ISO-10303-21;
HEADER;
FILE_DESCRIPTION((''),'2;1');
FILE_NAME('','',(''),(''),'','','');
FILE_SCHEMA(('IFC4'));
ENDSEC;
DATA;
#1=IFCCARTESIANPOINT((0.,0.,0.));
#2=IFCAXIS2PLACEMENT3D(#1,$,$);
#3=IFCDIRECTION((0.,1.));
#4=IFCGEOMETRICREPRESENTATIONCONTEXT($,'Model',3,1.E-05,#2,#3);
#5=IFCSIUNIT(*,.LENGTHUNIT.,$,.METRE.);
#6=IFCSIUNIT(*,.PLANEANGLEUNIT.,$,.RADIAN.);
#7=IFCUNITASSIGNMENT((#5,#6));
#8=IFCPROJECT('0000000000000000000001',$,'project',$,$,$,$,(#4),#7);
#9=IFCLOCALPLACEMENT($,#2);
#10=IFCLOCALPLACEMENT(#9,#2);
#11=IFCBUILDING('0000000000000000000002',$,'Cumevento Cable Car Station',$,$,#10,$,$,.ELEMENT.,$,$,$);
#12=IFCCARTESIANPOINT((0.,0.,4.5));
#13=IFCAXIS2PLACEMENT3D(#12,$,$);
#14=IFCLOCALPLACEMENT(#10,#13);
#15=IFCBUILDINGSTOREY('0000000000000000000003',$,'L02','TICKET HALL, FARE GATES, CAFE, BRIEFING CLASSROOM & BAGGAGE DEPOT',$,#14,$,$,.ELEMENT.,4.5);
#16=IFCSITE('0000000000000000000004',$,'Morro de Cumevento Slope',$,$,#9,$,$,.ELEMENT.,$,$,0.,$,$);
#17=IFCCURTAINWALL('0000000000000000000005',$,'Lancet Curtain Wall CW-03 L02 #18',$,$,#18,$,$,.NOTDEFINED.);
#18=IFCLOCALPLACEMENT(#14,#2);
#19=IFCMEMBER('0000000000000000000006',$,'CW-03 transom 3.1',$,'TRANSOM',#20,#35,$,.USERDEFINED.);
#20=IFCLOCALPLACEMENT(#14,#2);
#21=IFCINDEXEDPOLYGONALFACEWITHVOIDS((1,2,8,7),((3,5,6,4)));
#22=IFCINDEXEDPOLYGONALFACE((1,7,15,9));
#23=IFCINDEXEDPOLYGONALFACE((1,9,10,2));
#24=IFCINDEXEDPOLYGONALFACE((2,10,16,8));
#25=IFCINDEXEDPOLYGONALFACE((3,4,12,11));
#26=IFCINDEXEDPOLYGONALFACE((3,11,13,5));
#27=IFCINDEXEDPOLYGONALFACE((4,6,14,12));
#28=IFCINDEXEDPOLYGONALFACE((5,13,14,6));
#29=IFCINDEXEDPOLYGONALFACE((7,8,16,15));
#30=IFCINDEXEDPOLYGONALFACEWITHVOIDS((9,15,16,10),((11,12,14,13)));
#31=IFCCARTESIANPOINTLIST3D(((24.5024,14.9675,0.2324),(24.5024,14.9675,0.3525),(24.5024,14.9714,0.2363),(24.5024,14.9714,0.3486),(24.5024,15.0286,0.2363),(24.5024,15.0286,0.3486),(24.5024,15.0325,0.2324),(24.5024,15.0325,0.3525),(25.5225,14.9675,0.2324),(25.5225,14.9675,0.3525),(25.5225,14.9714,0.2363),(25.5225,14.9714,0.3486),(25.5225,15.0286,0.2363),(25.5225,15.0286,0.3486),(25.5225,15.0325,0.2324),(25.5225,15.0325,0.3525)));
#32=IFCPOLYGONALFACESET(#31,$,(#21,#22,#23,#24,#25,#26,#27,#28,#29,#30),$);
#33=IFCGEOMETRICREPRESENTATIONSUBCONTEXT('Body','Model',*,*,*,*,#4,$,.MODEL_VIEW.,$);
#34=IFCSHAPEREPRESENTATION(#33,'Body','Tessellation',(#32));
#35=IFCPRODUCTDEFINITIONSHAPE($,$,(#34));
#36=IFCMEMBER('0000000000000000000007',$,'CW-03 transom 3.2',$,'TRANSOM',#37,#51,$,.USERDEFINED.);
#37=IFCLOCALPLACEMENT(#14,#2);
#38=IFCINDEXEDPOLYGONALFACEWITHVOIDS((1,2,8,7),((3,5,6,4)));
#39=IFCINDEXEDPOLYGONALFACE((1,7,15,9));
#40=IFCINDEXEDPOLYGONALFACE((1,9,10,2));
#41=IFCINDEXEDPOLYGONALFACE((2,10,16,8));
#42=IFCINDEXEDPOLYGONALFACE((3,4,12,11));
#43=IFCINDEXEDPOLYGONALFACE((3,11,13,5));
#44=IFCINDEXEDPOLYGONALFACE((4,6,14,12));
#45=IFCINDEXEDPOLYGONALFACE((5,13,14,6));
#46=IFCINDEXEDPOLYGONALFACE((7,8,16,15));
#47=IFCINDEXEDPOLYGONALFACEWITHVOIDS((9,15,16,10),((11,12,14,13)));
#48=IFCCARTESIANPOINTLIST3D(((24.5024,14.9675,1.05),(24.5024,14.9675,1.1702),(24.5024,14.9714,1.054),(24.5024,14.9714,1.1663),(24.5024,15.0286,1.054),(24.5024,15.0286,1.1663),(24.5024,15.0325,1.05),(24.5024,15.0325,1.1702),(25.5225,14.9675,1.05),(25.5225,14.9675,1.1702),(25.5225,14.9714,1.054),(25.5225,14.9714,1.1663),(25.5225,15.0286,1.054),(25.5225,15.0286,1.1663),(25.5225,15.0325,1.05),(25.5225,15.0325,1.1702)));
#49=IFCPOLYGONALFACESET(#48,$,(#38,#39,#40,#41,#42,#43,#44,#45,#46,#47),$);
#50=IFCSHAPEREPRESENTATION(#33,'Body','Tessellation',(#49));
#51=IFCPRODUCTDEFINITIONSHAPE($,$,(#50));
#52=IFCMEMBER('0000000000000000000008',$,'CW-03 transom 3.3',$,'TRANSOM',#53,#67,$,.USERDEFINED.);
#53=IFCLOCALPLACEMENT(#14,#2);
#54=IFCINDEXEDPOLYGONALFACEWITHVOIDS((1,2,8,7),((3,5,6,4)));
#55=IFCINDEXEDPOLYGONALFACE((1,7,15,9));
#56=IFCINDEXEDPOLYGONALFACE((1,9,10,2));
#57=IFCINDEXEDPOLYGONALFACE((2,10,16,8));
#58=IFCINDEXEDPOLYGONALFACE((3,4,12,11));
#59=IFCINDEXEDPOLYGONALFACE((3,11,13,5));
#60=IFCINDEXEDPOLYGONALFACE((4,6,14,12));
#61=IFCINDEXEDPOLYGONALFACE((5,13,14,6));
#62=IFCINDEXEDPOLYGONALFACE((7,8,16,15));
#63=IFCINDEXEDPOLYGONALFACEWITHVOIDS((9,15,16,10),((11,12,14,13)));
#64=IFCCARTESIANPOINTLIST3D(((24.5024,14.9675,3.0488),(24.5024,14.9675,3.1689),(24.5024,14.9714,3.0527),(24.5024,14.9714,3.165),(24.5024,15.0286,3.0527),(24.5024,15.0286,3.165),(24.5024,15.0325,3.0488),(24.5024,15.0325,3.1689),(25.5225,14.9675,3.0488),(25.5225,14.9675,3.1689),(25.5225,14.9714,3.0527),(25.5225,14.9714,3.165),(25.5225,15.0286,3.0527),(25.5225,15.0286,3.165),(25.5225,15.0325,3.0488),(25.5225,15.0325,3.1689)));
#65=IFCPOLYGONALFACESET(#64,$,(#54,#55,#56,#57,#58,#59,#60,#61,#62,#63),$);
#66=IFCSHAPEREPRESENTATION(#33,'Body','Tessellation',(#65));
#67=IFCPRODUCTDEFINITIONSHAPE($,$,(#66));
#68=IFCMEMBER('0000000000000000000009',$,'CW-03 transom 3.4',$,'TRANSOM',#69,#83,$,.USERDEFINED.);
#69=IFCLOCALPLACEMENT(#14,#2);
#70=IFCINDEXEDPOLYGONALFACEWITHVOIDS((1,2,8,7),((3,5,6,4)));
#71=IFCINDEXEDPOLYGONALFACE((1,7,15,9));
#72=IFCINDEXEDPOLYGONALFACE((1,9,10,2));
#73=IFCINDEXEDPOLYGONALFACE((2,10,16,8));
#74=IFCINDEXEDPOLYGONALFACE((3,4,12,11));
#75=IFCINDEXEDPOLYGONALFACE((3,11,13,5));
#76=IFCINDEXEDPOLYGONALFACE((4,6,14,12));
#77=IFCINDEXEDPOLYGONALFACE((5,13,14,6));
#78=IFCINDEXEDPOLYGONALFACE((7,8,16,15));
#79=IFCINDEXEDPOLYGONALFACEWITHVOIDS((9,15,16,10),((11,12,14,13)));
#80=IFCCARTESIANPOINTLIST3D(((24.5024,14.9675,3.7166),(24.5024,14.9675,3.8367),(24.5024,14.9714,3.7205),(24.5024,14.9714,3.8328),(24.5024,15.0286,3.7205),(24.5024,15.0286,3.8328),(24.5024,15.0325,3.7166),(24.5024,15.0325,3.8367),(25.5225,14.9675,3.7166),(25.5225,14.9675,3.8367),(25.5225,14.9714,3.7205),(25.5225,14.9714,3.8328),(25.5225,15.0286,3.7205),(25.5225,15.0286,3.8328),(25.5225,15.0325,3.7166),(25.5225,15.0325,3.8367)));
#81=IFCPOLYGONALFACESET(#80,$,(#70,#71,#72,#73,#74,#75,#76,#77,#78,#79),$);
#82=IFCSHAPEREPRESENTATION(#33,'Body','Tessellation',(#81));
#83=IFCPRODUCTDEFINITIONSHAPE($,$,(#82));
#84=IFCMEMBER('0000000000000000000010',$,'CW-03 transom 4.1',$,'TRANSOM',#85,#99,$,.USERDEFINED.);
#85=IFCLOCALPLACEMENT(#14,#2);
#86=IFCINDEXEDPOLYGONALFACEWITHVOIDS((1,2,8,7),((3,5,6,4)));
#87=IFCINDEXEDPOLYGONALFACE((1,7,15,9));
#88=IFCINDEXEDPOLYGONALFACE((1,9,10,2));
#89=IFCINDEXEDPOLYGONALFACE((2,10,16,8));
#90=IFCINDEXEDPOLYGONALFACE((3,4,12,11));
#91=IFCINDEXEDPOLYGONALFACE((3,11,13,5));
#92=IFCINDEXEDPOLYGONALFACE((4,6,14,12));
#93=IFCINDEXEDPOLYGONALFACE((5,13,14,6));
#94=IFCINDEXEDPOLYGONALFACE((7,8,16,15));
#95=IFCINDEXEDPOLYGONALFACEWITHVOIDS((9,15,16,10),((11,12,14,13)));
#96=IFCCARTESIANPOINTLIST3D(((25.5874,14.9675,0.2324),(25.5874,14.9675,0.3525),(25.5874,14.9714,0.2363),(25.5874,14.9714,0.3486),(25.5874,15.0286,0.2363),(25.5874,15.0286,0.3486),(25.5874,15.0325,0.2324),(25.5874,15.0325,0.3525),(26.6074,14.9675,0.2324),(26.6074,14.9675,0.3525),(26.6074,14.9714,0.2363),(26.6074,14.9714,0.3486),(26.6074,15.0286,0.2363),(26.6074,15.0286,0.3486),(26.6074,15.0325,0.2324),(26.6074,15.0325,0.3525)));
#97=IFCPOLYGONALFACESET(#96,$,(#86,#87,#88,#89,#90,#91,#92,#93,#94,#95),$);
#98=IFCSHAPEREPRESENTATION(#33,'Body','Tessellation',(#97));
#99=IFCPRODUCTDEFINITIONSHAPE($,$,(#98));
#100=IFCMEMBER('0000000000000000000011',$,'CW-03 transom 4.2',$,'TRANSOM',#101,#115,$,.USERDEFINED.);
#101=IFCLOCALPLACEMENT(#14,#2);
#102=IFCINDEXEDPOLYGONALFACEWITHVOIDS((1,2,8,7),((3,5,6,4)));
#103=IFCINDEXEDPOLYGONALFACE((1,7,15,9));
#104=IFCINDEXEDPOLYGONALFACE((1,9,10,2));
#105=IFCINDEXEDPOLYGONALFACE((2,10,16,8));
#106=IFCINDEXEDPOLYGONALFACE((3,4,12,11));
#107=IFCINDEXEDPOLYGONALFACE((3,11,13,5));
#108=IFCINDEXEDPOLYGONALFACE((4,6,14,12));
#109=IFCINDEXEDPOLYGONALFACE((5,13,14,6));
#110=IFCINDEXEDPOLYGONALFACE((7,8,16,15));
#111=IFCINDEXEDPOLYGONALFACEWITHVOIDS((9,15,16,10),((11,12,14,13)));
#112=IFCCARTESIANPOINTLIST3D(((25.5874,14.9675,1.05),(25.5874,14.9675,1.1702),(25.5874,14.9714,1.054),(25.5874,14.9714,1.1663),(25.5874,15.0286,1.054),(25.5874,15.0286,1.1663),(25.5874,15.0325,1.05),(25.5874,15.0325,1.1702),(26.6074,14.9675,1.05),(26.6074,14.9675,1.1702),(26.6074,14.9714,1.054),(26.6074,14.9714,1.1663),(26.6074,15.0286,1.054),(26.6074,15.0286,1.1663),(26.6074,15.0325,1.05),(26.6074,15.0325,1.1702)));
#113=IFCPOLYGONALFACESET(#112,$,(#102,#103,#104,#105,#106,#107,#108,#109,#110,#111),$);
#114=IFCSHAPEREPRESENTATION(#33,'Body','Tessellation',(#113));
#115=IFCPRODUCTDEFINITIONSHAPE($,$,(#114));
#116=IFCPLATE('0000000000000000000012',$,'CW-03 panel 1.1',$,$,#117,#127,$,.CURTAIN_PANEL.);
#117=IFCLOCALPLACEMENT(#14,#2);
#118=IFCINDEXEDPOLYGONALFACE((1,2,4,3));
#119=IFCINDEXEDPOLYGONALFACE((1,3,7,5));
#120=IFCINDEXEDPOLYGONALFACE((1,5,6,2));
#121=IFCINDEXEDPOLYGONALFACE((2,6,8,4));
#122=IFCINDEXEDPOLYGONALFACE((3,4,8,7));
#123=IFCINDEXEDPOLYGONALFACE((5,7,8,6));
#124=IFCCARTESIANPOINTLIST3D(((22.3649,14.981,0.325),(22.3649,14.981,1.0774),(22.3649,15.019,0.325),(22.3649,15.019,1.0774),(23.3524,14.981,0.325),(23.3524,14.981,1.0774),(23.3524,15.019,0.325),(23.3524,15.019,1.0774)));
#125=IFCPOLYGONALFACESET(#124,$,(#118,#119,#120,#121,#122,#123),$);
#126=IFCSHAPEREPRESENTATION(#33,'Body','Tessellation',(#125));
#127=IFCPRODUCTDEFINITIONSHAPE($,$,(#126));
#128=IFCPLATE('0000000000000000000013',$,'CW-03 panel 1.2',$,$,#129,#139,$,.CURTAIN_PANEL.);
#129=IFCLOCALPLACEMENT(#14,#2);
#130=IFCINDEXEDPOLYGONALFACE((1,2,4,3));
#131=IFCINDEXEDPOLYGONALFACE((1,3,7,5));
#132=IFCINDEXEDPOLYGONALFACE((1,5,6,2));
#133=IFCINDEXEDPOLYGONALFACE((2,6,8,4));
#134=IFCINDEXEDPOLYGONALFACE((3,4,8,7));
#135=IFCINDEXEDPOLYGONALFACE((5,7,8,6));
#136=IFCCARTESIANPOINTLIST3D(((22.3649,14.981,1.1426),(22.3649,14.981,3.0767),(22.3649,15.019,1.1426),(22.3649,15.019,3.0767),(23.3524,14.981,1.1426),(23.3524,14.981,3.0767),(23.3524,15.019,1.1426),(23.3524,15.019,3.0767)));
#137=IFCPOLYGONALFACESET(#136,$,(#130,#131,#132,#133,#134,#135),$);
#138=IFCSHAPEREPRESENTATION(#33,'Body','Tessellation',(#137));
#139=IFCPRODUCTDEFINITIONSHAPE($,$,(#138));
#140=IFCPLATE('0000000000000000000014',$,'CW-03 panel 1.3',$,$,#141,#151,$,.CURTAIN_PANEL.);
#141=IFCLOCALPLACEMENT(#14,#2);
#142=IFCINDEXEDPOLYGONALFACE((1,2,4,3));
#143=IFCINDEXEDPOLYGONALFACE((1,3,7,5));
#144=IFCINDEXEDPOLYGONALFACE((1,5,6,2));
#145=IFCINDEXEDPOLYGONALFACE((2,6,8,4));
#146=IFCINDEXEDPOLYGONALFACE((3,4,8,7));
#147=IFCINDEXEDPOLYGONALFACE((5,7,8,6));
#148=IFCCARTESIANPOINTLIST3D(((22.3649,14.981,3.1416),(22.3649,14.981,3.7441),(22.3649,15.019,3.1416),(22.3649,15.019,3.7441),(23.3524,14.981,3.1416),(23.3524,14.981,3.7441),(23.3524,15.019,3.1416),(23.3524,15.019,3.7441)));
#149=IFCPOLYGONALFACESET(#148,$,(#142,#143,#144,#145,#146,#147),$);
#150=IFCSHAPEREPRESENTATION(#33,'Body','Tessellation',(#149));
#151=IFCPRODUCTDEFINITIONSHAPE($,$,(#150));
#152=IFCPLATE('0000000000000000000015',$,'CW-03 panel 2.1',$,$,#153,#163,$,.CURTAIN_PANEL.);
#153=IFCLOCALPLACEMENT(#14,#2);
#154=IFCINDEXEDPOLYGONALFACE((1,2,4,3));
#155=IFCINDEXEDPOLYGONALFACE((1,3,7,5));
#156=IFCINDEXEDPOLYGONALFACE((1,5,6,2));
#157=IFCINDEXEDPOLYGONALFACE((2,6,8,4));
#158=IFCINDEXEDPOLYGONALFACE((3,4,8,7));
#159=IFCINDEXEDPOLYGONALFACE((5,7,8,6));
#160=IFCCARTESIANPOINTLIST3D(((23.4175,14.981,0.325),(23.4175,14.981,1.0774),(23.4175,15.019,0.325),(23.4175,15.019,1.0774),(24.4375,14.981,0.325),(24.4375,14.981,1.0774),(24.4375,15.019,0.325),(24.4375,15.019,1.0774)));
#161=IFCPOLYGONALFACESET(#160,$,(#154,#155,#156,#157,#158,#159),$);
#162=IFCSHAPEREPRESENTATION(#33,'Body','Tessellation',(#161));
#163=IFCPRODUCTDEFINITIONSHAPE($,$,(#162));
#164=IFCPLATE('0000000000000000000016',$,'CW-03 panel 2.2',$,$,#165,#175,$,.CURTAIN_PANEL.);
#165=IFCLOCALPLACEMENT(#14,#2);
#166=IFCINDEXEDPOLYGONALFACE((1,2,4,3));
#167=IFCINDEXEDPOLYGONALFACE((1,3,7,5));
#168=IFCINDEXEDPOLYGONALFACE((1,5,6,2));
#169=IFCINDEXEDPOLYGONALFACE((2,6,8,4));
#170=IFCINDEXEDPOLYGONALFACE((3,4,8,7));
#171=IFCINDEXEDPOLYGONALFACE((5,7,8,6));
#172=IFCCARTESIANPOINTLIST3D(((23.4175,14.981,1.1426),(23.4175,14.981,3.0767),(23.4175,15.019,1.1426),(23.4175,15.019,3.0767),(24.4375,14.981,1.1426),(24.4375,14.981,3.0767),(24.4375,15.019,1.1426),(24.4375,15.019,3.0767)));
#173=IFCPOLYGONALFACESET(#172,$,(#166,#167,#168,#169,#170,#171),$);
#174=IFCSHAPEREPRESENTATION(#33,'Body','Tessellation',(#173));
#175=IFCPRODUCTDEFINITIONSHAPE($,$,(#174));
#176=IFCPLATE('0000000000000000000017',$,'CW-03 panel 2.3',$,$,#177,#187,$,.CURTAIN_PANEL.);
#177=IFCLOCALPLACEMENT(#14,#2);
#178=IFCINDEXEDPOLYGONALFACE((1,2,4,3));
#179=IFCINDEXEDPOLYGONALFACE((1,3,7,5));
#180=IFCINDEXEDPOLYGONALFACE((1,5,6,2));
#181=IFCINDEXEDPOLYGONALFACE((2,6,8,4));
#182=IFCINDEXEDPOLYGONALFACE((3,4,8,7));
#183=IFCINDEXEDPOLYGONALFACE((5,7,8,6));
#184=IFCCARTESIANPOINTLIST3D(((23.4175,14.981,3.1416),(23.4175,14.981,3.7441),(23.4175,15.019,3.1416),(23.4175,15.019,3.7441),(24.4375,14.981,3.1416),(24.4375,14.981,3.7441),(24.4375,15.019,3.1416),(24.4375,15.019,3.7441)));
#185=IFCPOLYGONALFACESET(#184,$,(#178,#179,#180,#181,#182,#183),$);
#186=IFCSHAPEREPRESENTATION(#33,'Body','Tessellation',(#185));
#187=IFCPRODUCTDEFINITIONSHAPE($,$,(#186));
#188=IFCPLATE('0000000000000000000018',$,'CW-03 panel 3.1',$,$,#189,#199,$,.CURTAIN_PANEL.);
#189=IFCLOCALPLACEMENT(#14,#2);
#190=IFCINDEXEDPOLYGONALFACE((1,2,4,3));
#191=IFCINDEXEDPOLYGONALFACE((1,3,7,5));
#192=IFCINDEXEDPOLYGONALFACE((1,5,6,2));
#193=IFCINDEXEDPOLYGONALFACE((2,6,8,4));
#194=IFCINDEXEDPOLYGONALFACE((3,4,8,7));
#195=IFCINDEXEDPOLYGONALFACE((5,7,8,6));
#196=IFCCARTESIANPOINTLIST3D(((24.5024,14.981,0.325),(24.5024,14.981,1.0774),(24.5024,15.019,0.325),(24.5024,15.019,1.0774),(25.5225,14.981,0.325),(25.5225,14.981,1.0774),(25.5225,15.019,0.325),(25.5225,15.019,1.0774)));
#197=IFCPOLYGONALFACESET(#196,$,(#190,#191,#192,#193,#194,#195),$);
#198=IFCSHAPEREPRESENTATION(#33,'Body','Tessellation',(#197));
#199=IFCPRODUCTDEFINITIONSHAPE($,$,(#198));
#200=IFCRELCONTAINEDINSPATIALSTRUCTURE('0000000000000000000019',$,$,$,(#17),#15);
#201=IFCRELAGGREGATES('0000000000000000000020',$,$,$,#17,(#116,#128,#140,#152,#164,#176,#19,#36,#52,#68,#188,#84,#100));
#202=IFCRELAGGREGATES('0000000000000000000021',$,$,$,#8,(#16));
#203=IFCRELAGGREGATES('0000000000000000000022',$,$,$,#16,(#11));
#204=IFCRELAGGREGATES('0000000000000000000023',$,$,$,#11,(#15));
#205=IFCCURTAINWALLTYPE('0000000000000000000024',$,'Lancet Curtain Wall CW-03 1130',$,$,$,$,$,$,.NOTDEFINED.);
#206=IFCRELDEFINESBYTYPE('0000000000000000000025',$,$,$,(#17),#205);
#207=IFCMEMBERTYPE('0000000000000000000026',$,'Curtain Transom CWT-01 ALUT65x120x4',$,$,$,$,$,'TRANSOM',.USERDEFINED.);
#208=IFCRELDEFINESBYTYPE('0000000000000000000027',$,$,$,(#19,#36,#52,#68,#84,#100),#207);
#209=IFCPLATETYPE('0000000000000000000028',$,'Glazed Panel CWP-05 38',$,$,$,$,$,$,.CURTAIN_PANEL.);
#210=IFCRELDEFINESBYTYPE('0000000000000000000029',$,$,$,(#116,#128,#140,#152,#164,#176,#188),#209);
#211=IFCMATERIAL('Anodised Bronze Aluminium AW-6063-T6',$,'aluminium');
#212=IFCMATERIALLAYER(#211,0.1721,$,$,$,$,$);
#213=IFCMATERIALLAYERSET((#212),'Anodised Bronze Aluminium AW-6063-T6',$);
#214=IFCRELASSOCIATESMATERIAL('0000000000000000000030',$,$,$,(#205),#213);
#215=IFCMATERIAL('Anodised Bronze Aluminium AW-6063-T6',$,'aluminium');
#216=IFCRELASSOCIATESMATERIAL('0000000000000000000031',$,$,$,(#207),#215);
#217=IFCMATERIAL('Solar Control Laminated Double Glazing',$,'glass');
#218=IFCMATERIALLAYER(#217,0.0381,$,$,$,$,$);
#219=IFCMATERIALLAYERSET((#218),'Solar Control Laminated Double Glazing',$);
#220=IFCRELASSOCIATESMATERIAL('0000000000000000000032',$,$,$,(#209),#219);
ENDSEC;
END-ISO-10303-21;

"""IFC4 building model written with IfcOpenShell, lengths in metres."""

from ifc_helpers import new_model, si_unit, direction, frame, origin, origin_2d, place, context, subcontext, project, spatial, rectangle, hollow_rectangle, extrude, material, layer, layer_set, material_profile, profile_set, type_object, element, aggregate, save


model = new_model("IFC4")

# Units and contexts
model_context = context("Model", 3, precision=1e-05, world=origin(), true_north=direction((0.0, 1.0)))
body_context = subcontext(model_context, "Body", "Model", "MODEL_VIEW")
ifc_project = project(units=[si_unit("LENGTHUNIT", "METRE"), si_unit("PLANEANGLEUNIT", "RADIAN")], contexts=[model_context])

# Site, building, storey
site_placement = place(None, origin())
site = spatial("IfcSite", under=ifc_project, at=site_placement, Name="Morro de Cumevento Slope", CompositionType="ELEMENT", RefElevation=0.0)
building_placement = place(site_placement, origin())
building = spatial("IfcBuilding", under=site, at=building_placement, Name="Cumevento Cable Car Station", CompositionType="ELEMENT")
storey_placement = place(building_placement, frame((0.0, 0.0, 4.5)))
storey = spatial("IfcBuildingStorey", under=building, at=storey_placement, Name="L02", Description="TICKET HALL, FARE GATES, CAFE, BRIEFING CLASSROOM & BAGGAGE DEPOT", CompositionType="ELEMENT", Elevation=4.5)

# Curtain wall, members, plates
ifc_material_1 = material(Name="Anodised Bronze Aluminium AW-6063-T6", Category="aluminium")
ifc_layer_1 = layer(ifc_material_1, 0.1721)
ifc_layer_set_1 = layer_set([ifc_layer_1], Name="Anodised Bronze Aluminium AW-6063-T6")
curtain_wall_type = type_object("IfcCurtainWallType", Name="Lancet Curtain Wall CW-03 1130", PredefinedType="NOTDEFINED", material=ifc_layer_set_1)
curtain_wall_placement = place(storey_placement, origin())
curtain_wall = element("IfcCurtainWall", 1, at=curtain_wall_placement, inside=storey, type_object=curtain_wall_type, Name="Lancet Curtain Wall CW-03 L02 #18", PredefinedType="NOTDEFINED")
ifc_material_2 = material(Name="Anodised Bronze Aluminium AW-6063-T6", Category="aluminium")
ifc_material_profile_1 = material_profile(ifc_material_2, hollow_rectangle(XDim=0.0649, YDim=0.1201, WallThickness=0.0039, at=origin_2d()), Name="ALUT65x120x4")
ifc_profile_set_1 = profile_set([ifc_material_profile_1], Name="Anodised Bronze Aluminium AW-6063-T6")
member_type_1 = type_object("IfcMemberType", Name="Curtain Transom CWT-01 ALUT65x120x4", ElementType="TRANSOM", PredefinedType="USERDEFINED", material=ifc_profile_set_1)
member_1_placement = place(storey_placement, frame((24.5024, 15.0, 0.2925), z_axis=(1.0, 0.0, 0.0), x_axis=(0.0, 1.0, 0.0)))
member_1 = element("IfcMember", 2, at=member_1_placement, type_object=member_type_1, Name="CW-03 transom 3.1", ObjectType="TRANSOM", PredefinedType="USERDEFINED", context=body_context, shape_type="SweptSolid", body=[
    extrude(hollow_rectangle(XDim=0.0649, YDim=0.1201, WallThickness=0.0039, at=origin_2d()), origin(), (0.0, 0.0, 1.0), 1.02),
])
member_2_placement = place(storey_placement, frame((24.5024, 15.0, 1.1101), z_axis=(1.0, 0.0, 0.0), x_axis=(0.0, 1.0, 0.0)))
member_2 = element("IfcMember", 3, at=member_2_placement, type_object=member_type_1, Name="CW-03 transom 3.2", ObjectType="TRANSOM", PredefinedType="USERDEFINED", context=body_context, shape_type="SweptSolid", body=[
    extrude(hollow_rectangle(XDim=0.0649, YDim=0.1201, WallThickness=0.0039, at=origin_2d()), origin(), (0.0, 0.0, 1.0), 1.02),
])
member_3_placement = place(storey_placement, frame((24.5024, 15.0, 3.1089), z_axis=(1.0, 0.0, 0.0), x_axis=(0.0, 1.0, 0.0)))
member_3 = element("IfcMember", 4, at=member_3_placement, type_object=member_type_1, Name="CW-03 transom 3.3", ObjectType="TRANSOM", PredefinedType="USERDEFINED", context=body_context, shape_type="SweptSolid", body=[
    extrude(hollow_rectangle(XDim=0.0649, YDim=0.1201, WallThickness=0.0039, at=origin_2d()), origin(), (0.0, 0.0, 1.0), 1.02),
])
member_4_placement = place(storey_placement, frame((24.5024, 15.0, 3.7766), z_axis=(1.0, 0.0, 0.0), x_axis=(0.0, 1.0, 0.0)))
member_4 = element("IfcMember", 5, at=member_4_placement, type_object=member_type_1, Name="CW-03 transom 3.4", ObjectType="TRANSOM", PredefinedType="USERDEFINED", context=body_context, shape_type="SweptSolid", body=[
    extrude(hollow_rectangle(XDim=0.0649, YDim=0.1201, WallThickness=0.0039, at=origin_2d()), origin(), (0.0, 0.0, 1.0), 1.02),
])
member_5_placement = place(storey_placement, frame((25.5874, 15.0, 0.2925), z_axis=(1.0, 0.0, 0.0), x_axis=(0.0, 1.0, 0.0)))
member_5 = element("IfcMember", 6, at=member_5_placement, type_object=member_type_1, Name="CW-03 transom 4.1", ObjectType="TRANSOM", PredefinedType="USERDEFINED", context=body_context, shape_type="SweptSolid", body=[
    extrude(hollow_rectangle(XDim=0.0649, YDim=0.1201, WallThickness=0.0039, at=origin_2d()), origin(), (0.0, 0.0, 1.0), 1.02),
])
member_6_placement = place(storey_placement, frame((25.5874, 15.0, 1.1101), z_axis=(1.0, 0.0, 0.0), x_axis=(0.0, 1.0, 0.0)))
member_6 = element("IfcMember", 7, at=member_6_placement, type_object=member_type_1, Name="CW-03 transom 4.2", ObjectType="TRANSOM", PredefinedType="USERDEFINED", context=body_context, shape_type="SweptSolid", body=[
    extrude(hollow_rectangle(XDim=0.0649, YDim=0.1201, WallThickness=0.0039, at=origin_2d()), origin(), (0.0, 0.0, 1.0), 1.02),
])
ifc_material_3 = material(Name="Solar Control Laminated Double Glazing", Category="glass")
ifc_layer_2 = layer(ifc_material_3, 0.0381)
ifc_layer_set_2 = layer_set([ifc_layer_2], Name="Solar Control Laminated Double Glazing")
plate_type = type_object("IfcPlateType", Name="Glazed Panel CWP-05 38", PredefinedType="CURTAIN_PANEL", material=ifc_layer_set_2)
plate_1_placement = place(storey_placement, frame((22.8586, 15.0, 0.325), z_axis=(0.0, 0.0, 1.0), x_axis=(1.0, 0.0, 0.0)))
plate_1 = element("IfcPlate", 8, at=plate_1_placement, type_object=plate_type, Name="CW-03 panel 1.1", PredefinedType="CURTAIN_PANEL", context=body_context, shape_type="SweptSolid", body=[
    extrude(rectangle(XDim=0.9875, YDim=0.0381, at=origin_2d()), origin(), (0.0, 0.0, 1.0), 0.7524),
])
plate_2_placement = place(storey_placement, frame((22.8586, 15.0, 1.1426), z_axis=(0.0, 0.0, 1.0), x_axis=(1.0, 0.0, 0.0)))
plate_2 = element("IfcPlate", 9, at=plate_2_placement, type_object=plate_type, Name="CW-03 panel 1.2", PredefinedType="CURTAIN_PANEL", context=body_context, shape_type="SweptSolid", body=[
    extrude(rectangle(XDim=0.9875, YDim=0.0381, at=origin_2d()), origin(), (0.0, 0.0, 1.0), 1.9341),
])
plate_3_placement = place(storey_placement, frame((22.8586, 15.0, 3.1416), z_axis=(0.0, 0.0, 1.0), x_axis=(1.0, 0.0, 0.0)))
plate_3 = element("IfcPlate", 10, at=plate_3_placement, type_object=plate_type, Name="CW-03 panel 1.3", PredefinedType="CURTAIN_PANEL", context=body_context, shape_type="SweptSolid", body=[
    extrude(rectangle(XDim=0.9875, YDim=0.0381, at=origin_2d()), origin(), (0.0, 0.0, 1.0), 0.6025),
])
plate_4_placement = place(storey_placement, frame((23.9275, 15.0, 0.325), z_axis=(0.0, 0.0, 1.0), x_axis=(1.0, 0.0, 0.0)))
plate_4 = element("IfcPlate", 11, at=plate_4_placement, type_object=plate_type, Name="CW-03 panel 2.1", PredefinedType="CURTAIN_PANEL", context=body_context, shape_type="SweptSolid", body=[
    extrude(rectangle(XDim=1.02, YDim=0.0381, at=origin_2d()), origin(), (0.0, 0.0, 1.0), 0.7524),
])
plate_5_placement = place(storey_placement, frame((23.9275, 15.0, 1.1426), z_axis=(0.0, 0.0, 1.0), x_axis=(1.0, 0.0, 0.0)))
plate_5 = element("IfcPlate", 12, at=plate_5_placement, type_object=plate_type, Name="CW-03 panel 2.2", PredefinedType="CURTAIN_PANEL", context=body_context, shape_type="SweptSolid", body=[
    extrude(rectangle(XDim=1.02, YDim=0.0381, at=origin_2d()), origin(), (0.0, 0.0, 1.0), 1.9341),
])
plate_6_placement = place(storey_placement, frame((23.9275, 15.0, 3.1416), z_axis=(0.0, 0.0, 1.0), x_axis=(1.0, 0.0, 0.0)))
plate_6 = element("IfcPlate", 13, at=plate_6_placement, type_object=plate_type, Name="CW-03 panel 2.3", PredefinedType="CURTAIN_PANEL", context=body_context, shape_type="SweptSolid", body=[
    extrude(rectangle(XDim=1.02, YDim=0.0381, at=origin_2d()), origin(), (0.0, 0.0, 1.0), 0.6025),
])
plate_7_placement = place(storey_placement, frame((25.0125, 15.0, 0.325), z_axis=(0.0, 0.0, 1.0), x_axis=(1.0, 0.0, 0.0)))
plate_7 = element("IfcPlate", 14, at=plate_7_placement, type_object=plate_type, Name="CW-03 panel 3.1", PredefinedType="CURTAIN_PANEL", context=body_context, shape_type="SweptSolid", body=[
    extrude(rectangle(XDim=1.02, YDim=0.0381, at=origin_2d()), origin(), (0.0, 0.0, 1.0), 0.7524),
])
aggregate(curtain_wall, [plate_1, plate_2, plate_3, plate_4, plate_5, plate_6, member_1, member_2, member_3, member_4, plate_7, member_5, member_6])

save(model, "model.ifc")
